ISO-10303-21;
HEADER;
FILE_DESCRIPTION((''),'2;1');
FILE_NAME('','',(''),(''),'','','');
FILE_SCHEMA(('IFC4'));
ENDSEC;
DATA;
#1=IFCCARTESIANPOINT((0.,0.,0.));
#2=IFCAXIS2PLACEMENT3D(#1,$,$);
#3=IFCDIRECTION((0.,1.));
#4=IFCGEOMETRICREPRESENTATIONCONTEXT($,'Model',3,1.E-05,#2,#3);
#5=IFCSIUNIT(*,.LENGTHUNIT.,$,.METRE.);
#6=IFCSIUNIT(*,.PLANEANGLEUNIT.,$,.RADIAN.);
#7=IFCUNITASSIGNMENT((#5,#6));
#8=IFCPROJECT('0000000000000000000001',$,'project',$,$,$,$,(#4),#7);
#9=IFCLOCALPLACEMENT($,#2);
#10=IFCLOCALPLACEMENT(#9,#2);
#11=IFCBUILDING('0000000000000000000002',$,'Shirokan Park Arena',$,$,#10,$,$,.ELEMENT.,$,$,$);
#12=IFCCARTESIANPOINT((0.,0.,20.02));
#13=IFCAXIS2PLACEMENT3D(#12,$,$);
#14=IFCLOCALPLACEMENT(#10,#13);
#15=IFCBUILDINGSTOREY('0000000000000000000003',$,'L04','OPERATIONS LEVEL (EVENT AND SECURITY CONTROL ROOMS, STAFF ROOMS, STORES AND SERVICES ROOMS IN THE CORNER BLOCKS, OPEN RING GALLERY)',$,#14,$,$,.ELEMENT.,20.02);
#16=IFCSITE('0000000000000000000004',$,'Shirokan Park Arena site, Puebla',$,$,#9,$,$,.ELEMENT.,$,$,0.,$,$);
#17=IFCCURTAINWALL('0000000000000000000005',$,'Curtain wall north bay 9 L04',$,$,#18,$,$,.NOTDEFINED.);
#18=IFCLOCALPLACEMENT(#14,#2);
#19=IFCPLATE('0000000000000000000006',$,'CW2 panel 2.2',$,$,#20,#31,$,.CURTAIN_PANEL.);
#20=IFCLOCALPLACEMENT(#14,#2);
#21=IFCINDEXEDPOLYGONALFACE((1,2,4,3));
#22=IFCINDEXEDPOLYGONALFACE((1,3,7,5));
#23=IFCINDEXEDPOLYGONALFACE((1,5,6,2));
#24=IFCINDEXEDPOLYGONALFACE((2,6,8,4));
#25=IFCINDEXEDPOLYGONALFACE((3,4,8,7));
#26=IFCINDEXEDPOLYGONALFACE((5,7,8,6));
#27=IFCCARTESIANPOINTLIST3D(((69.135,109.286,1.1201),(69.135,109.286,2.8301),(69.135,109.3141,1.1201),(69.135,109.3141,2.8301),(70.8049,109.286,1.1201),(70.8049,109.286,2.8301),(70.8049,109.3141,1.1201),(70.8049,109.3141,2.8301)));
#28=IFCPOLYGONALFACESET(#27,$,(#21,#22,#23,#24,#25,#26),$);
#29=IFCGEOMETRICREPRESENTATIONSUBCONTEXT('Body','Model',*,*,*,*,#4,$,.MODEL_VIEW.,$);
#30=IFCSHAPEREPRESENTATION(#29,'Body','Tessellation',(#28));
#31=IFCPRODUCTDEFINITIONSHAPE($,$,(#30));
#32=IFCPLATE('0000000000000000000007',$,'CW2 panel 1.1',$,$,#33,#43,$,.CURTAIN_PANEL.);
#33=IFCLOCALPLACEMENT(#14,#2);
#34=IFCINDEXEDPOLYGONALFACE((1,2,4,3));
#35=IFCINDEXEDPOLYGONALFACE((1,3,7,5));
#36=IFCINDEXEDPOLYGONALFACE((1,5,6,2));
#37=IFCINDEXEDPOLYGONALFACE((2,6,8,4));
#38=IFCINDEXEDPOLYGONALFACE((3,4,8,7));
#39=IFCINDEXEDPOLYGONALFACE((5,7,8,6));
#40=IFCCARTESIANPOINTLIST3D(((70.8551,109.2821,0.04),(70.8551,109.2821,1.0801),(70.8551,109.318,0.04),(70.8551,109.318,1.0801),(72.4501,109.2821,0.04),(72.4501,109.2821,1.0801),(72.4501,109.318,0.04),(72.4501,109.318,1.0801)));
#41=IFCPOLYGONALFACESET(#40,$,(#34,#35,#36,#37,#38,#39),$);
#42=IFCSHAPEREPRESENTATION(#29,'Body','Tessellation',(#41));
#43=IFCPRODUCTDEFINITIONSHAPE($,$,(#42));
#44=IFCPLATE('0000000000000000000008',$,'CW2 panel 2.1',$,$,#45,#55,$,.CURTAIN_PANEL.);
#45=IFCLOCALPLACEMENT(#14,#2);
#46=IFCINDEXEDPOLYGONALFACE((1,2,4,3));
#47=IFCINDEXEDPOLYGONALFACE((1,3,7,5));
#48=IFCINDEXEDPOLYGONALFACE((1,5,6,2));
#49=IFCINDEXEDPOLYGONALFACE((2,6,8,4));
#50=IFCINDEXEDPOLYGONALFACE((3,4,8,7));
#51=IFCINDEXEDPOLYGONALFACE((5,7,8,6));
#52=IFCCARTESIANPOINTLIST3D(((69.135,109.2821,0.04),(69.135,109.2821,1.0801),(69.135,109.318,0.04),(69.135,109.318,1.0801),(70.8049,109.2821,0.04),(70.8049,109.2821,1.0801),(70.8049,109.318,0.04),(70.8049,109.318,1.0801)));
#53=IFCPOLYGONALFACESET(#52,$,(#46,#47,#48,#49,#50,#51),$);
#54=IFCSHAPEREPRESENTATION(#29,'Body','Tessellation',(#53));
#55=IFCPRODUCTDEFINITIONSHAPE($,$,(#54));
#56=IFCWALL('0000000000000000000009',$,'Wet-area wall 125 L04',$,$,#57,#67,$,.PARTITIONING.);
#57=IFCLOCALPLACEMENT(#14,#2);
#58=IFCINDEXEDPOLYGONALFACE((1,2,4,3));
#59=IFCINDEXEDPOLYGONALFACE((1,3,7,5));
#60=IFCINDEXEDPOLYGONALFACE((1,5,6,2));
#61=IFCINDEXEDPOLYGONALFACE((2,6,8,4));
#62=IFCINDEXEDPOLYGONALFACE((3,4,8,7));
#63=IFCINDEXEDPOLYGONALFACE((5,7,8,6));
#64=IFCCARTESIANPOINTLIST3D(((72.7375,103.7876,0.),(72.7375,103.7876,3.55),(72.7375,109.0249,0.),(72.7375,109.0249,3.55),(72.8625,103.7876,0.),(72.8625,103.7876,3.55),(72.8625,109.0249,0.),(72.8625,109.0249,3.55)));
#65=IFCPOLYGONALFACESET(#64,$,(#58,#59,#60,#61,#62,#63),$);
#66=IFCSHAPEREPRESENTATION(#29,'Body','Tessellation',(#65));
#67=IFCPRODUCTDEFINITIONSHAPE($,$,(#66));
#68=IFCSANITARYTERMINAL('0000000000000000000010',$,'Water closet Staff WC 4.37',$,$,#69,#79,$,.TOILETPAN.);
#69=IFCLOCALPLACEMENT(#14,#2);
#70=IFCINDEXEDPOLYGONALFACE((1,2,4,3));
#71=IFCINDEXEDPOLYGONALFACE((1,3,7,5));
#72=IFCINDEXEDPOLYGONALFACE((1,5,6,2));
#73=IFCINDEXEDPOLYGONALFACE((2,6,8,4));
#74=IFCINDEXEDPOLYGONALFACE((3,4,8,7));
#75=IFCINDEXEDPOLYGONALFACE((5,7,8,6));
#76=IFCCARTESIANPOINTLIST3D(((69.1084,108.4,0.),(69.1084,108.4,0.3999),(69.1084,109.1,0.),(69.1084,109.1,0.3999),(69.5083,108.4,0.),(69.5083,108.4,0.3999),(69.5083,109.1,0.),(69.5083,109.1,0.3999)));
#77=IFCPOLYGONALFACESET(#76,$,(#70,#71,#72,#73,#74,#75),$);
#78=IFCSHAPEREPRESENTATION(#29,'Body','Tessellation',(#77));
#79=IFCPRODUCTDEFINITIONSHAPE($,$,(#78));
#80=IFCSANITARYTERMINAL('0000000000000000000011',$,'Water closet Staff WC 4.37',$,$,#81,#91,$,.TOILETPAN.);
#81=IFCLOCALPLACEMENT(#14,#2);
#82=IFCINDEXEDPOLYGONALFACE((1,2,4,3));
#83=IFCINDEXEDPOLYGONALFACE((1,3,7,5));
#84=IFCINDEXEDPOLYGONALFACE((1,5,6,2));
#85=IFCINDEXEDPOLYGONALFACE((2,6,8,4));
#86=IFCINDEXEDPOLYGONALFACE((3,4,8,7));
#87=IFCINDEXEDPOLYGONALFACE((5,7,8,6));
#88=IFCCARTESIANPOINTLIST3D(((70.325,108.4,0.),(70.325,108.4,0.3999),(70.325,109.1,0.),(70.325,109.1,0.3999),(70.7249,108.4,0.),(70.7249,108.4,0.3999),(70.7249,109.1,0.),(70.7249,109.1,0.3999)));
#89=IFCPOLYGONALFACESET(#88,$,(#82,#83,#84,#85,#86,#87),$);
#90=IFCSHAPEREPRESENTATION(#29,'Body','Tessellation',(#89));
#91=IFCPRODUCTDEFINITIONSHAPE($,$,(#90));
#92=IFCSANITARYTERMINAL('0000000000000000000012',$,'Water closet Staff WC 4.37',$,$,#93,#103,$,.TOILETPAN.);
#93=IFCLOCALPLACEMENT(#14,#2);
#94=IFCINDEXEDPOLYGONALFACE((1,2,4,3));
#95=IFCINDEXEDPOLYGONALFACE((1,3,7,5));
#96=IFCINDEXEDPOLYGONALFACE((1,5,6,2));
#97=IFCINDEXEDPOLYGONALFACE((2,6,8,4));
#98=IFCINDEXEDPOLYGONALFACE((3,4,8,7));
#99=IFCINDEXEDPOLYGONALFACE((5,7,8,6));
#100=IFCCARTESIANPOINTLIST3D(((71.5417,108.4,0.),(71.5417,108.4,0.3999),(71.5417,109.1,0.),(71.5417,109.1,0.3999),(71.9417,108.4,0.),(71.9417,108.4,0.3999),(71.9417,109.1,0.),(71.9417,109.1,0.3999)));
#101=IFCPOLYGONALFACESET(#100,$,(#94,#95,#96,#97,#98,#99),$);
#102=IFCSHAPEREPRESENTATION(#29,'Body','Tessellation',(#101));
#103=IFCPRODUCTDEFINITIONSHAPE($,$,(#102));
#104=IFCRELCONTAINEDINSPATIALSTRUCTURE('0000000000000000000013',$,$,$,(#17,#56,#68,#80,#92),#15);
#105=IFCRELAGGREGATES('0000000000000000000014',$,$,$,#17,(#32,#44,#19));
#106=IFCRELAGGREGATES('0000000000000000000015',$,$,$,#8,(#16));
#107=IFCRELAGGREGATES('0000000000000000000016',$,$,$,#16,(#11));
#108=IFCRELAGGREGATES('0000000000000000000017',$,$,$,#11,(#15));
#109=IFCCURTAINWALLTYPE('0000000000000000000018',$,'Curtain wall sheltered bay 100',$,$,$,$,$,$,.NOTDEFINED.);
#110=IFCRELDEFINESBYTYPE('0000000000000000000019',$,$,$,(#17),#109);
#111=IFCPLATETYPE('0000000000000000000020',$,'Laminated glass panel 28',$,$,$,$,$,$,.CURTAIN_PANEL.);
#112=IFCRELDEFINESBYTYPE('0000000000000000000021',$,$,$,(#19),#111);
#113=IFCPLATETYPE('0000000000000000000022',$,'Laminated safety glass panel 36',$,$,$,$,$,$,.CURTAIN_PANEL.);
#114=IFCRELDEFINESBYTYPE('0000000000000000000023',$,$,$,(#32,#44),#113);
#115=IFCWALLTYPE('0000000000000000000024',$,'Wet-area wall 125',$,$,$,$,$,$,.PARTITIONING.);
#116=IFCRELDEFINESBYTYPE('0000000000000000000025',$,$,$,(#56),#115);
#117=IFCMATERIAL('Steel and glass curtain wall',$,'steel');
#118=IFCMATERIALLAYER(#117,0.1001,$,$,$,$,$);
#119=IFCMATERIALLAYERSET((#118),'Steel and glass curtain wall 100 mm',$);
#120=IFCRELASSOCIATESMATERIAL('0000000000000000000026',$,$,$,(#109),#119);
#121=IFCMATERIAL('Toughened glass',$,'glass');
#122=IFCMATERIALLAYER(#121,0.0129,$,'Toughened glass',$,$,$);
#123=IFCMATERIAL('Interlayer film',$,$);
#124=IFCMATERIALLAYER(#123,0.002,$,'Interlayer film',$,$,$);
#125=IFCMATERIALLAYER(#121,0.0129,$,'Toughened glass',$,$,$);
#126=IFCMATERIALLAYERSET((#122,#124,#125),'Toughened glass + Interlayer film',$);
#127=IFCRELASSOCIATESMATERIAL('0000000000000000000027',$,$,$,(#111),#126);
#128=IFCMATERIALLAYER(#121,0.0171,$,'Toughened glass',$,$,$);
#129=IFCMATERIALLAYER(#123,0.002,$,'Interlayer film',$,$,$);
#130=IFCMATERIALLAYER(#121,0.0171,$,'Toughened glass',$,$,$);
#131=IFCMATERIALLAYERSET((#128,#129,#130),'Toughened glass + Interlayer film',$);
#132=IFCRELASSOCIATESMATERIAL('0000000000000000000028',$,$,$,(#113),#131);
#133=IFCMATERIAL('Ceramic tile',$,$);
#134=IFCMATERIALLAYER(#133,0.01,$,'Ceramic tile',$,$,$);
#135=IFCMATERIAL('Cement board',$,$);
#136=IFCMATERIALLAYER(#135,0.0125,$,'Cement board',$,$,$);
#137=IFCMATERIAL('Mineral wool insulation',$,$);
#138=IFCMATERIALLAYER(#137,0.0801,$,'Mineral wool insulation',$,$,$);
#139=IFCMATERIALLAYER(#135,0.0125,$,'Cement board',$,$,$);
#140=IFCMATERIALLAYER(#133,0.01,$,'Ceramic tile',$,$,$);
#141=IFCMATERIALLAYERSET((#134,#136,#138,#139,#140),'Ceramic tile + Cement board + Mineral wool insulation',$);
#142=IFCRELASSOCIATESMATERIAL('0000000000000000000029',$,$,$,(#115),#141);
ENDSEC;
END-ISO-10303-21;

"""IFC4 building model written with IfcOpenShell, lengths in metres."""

from ifc_helpers import new_model, si_unit, direction, frame, frame_2d, origin, origin_2d, place, context, subcontext, project, spatial, rectangle, extrude, material, layer, layer_set, type_object, element, aggregate, save


model = new_model("IFC4")

# Units and contexts
model_context = context("Model", 3, precision=1e-05, world=origin(), true_north=direction((0.0, 1.0)))
body_context = subcontext(model_context, "Body", "Model", "MODEL_VIEW")
ifc_project = project(units=[si_unit("LENGTHUNIT", "METRE"), si_unit("PLANEANGLEUNIT", "RADIAN")], contexts=[model_context])

# Site, building, storey
site_placement = place(None, origin())
site = spatial("IfcSite", under=ifc_project, at=site_placement, Name="Shirokan Park Arena site, Puebla", CompositionType="ELEMENT", RefElevation=0.0)
building_placement = place(site_placement, origin())
building = spatial("IfcBuilding", under=site, at=building_placement, Name="Shirokan Park Arena", CompositionType="ELEMENT")
storey_placement = place(building_placement, frame((0.0, 0.0, 20.02)))
storey = spatial("IfcBuildingStorey", under=building, at=storey_placement, Name="L04", Description="OPERATIONS LEVEL (EVENT AND SECURITY CONTROL ROOMS, STAFF ROOMS, STORES AND SERVICES ROOMS IN THE CORNER BLOCKS, OPEN RING GALLERY)", CompositionType="ELEMENT", Elevation=20.02)

# Curtain wall
ifc_material_1 = material(Name="Steel and glass curtain wall", Category="steel")
ifc_layer_1 = layer(ifc_material_1, 0.1001)
ifc_layer_set_1 = layer_set([ifc_layer_1], Name="Steel and glass curtain wall 100 mm")
curtain_wall_type = type_object("IfcCurtainWallType", Name="Curtain wall sheltered bay 100", PredefinedType="NOTDEFINED", material=ifc_layer_set_1)
curtain_wall_placement = place(storey_placement, origin())
curtain_wall = element("IfcCurtainWall", 1, at=curtain_wall_placement, inside=storey, type_object=curtain_wall_type, Name="Curtain wall north bay 9 L04", PredefinedType="NOTDEFINED")

# Plates
ifc_material_2 = material(Name="Mineral wool insulation")
ifc_material_3 = material(Name="Toughened glass", Category="glass")
ifc_layer_2 = layer(ifc_material_3, 0.0129, Name="Toughened glass")
ifc_material_4 = material(Name="Interlayer film")
ifc_layer_3 = layer(ifc_material_4, 0.002, Name="Interlayer film")
ifc_layer_4 = layer(ifc_material_3, 0.0129, Name="Toughened glass")
ifc_layer_set_2 = layer_set([ifc_layer_2, ifc_layer_3, ifc_layer_4], Name="Toughened glass + Interlayer film")
plate_type_1 = type_object("IfcPlateType", Name="Laminated glass panel 28", PredefinedType="CURTAIN_PANEL", material=ifc_layer_set_2)
plate_1_placement = place(storey_placement, frame((69.97, 109.3, 1.1201), z_axis=(0.0, 0.0, 1.0), x_axis=(-1.0, 0.0, 0.0)))
plate_1 = element("IfcPlate", 2, at=plate_1_placement, type_object=plate_type_1, Name="CW2 panel 2.2", PredefinedType="CURTAIN_PANEL", context=body_context, shape_type="SweptSolid", body=[
    extrude(rectangle(XDim=1.6699, YDim=0.0281, at=origin_2d()), origin(), (0.0, 0.0, 1.0), 1.71),
])
ifc_layer_5 = layer(ifc_material_3, 0.0171, Name="Toughened glass")
ifc_layer_6 = layer(ifc_material_4, 0.002, Name="Interlayer film")
ifc_layer_7 = layer(ifc_material_3, 0.0171, Name="Toughened glass")
ifc_layer_set_3 = layer_set([ifc_layer_5, ifc_layer_6, ifc_layer_7], Name="Toughened glass + Interlayer film")
plate_type_2 = type_object("IfcPlateType", Name="Laminated safety glass panel 36", PredefinedType="CURTAIN_PANEL", material=ifc_layer_set_3)
plate_2_placement = place(storey_placement, frame((71.6526, 109.3, 0.04), z_axis=(0.0, 0.0, 1.0), x_axis=(-1.0, 0.0, 0.0)))
plate_2 = element("IfcPlate", 3, at=plate_2_placement, type_object=plate_type_2, Name="CW2 panel 1.1", PredefinedType="CURTAIN_PANEL", context=body_context, shape_type="SweptSolid", body=[
    extrude(rectangle(XDim=1.595, YDim=0.0359, at=origin_2d()), origin(), (0.0, 0.0, 1.0), 1.04),
])
plate_3_placement = place(storey_placement, frame((69.97, 109.3, 0.04), z_axis=(0.0, 0.0, 1.0), x_axis=(-1.0, 0.0, 0.0)))
plate_3 = element("IfcPlate", 4, at=plate_3_placement, type_object=plate_type_2, Name="CW2 panel 2.1", PredefinedType="CURTAIN_PANEL", context=body_context, shape_type="SweptSolid", body=[
    extrude(rectangle(XDim=1.6699, YDim=0.0359, at=origin_2d()), origin(), (0.0, 0.0, 1.0), 1.04),
])
aggregate(curtain_wall, [plate_2, plate_3, plate_1])

# Wall
ifc_material_5 = material(Name="Ceramic tile")
ifc_layer_8 = layer(ifc_material_5, 0.01, Name="Ceramic tile")
ifc_material_6 = material(Name="Cement board")
ifc_layer_9 = layer(ifc_material_6, 0.0125, Name="Cement board")
ifc_layer_10 = layer(ifc_material_2, 0.0801, Name="Mineral wool insulation")
ifc_layer_11 = layer(ifc_material_6, 0.0125, Name="Cement board")
ifc_layer_12 = layer(ifc_material_5, 0.01, Name="Ceramic tile")
ifc_layer_set_4 = layer_set([ifc_layer_8, ifc_layer_9, ifc_layer_10, ifc_layer_11, ifc_layer_12], Name="Ceramic tile + Cement board + Mineral wool insulation")
wall_type_1 = type_object("IfcWallType", Name="Wet-area wall 125", PredefinedType="PARTITIONING", material=ifc_layer_set_4)
wall_1_placement = place(storey_placement, frame((72.8, 109.0249, 0.0), z_axis=(0.0, 0.0, 1.0), x_axis=(0.0, -1.0, 0.0)))
element("IfcWall", 5, at=wall_1_placement, inside=storey, type_object=wall_type_1, Name="Wet-area wall 125 L04", PredefinedType="PARTITIONING", context=body_context, shape_type="SweptSolid", body=[
    extrude(rectangle(XDim=5.2373, YDim=0.125, at=frame_2d((2.6187, 0.0))), origin(), (0.0, 0.0, 1.0), 3.55),
])

# Sanitary terminals
for number, where, z_axis, x_axis, name in (
    (6, (69.3083, 108.75, 0.0), (0.0, 0.0, 1.0), (1.0, 0.0, 0.0), "Water closet Staff WC 4.37"),
    (7, (70.5249, 108.75, 0.0), (0.0, 0.0, 1.0), (1.0, 0.0, 0.0), "Water closet Staff WC 4.37"),
    (8, (71.7417, 108.75, 0.0), (0.0, 0.0, 1.0), (1.0, 0.0, 0.0), "Water closet Staff WC 4.37"),
):
    element("IfcSanitaryTerminal", number, at=place(storey_placement, frame(where, z_axis=z_axis, x_axis=x_axis)), inside=storey, Name=name, PredefinedType="TOILETPAN", context=body_context, shape_type="SweptSolid", body=[
        extrude(rectangle(XDim=0.3999, YDim=0.7, at=origin_2d()), origin(), (0.0, 0.0, 1.0), 0.3999),
    ])

save(model, "model.ifc")
